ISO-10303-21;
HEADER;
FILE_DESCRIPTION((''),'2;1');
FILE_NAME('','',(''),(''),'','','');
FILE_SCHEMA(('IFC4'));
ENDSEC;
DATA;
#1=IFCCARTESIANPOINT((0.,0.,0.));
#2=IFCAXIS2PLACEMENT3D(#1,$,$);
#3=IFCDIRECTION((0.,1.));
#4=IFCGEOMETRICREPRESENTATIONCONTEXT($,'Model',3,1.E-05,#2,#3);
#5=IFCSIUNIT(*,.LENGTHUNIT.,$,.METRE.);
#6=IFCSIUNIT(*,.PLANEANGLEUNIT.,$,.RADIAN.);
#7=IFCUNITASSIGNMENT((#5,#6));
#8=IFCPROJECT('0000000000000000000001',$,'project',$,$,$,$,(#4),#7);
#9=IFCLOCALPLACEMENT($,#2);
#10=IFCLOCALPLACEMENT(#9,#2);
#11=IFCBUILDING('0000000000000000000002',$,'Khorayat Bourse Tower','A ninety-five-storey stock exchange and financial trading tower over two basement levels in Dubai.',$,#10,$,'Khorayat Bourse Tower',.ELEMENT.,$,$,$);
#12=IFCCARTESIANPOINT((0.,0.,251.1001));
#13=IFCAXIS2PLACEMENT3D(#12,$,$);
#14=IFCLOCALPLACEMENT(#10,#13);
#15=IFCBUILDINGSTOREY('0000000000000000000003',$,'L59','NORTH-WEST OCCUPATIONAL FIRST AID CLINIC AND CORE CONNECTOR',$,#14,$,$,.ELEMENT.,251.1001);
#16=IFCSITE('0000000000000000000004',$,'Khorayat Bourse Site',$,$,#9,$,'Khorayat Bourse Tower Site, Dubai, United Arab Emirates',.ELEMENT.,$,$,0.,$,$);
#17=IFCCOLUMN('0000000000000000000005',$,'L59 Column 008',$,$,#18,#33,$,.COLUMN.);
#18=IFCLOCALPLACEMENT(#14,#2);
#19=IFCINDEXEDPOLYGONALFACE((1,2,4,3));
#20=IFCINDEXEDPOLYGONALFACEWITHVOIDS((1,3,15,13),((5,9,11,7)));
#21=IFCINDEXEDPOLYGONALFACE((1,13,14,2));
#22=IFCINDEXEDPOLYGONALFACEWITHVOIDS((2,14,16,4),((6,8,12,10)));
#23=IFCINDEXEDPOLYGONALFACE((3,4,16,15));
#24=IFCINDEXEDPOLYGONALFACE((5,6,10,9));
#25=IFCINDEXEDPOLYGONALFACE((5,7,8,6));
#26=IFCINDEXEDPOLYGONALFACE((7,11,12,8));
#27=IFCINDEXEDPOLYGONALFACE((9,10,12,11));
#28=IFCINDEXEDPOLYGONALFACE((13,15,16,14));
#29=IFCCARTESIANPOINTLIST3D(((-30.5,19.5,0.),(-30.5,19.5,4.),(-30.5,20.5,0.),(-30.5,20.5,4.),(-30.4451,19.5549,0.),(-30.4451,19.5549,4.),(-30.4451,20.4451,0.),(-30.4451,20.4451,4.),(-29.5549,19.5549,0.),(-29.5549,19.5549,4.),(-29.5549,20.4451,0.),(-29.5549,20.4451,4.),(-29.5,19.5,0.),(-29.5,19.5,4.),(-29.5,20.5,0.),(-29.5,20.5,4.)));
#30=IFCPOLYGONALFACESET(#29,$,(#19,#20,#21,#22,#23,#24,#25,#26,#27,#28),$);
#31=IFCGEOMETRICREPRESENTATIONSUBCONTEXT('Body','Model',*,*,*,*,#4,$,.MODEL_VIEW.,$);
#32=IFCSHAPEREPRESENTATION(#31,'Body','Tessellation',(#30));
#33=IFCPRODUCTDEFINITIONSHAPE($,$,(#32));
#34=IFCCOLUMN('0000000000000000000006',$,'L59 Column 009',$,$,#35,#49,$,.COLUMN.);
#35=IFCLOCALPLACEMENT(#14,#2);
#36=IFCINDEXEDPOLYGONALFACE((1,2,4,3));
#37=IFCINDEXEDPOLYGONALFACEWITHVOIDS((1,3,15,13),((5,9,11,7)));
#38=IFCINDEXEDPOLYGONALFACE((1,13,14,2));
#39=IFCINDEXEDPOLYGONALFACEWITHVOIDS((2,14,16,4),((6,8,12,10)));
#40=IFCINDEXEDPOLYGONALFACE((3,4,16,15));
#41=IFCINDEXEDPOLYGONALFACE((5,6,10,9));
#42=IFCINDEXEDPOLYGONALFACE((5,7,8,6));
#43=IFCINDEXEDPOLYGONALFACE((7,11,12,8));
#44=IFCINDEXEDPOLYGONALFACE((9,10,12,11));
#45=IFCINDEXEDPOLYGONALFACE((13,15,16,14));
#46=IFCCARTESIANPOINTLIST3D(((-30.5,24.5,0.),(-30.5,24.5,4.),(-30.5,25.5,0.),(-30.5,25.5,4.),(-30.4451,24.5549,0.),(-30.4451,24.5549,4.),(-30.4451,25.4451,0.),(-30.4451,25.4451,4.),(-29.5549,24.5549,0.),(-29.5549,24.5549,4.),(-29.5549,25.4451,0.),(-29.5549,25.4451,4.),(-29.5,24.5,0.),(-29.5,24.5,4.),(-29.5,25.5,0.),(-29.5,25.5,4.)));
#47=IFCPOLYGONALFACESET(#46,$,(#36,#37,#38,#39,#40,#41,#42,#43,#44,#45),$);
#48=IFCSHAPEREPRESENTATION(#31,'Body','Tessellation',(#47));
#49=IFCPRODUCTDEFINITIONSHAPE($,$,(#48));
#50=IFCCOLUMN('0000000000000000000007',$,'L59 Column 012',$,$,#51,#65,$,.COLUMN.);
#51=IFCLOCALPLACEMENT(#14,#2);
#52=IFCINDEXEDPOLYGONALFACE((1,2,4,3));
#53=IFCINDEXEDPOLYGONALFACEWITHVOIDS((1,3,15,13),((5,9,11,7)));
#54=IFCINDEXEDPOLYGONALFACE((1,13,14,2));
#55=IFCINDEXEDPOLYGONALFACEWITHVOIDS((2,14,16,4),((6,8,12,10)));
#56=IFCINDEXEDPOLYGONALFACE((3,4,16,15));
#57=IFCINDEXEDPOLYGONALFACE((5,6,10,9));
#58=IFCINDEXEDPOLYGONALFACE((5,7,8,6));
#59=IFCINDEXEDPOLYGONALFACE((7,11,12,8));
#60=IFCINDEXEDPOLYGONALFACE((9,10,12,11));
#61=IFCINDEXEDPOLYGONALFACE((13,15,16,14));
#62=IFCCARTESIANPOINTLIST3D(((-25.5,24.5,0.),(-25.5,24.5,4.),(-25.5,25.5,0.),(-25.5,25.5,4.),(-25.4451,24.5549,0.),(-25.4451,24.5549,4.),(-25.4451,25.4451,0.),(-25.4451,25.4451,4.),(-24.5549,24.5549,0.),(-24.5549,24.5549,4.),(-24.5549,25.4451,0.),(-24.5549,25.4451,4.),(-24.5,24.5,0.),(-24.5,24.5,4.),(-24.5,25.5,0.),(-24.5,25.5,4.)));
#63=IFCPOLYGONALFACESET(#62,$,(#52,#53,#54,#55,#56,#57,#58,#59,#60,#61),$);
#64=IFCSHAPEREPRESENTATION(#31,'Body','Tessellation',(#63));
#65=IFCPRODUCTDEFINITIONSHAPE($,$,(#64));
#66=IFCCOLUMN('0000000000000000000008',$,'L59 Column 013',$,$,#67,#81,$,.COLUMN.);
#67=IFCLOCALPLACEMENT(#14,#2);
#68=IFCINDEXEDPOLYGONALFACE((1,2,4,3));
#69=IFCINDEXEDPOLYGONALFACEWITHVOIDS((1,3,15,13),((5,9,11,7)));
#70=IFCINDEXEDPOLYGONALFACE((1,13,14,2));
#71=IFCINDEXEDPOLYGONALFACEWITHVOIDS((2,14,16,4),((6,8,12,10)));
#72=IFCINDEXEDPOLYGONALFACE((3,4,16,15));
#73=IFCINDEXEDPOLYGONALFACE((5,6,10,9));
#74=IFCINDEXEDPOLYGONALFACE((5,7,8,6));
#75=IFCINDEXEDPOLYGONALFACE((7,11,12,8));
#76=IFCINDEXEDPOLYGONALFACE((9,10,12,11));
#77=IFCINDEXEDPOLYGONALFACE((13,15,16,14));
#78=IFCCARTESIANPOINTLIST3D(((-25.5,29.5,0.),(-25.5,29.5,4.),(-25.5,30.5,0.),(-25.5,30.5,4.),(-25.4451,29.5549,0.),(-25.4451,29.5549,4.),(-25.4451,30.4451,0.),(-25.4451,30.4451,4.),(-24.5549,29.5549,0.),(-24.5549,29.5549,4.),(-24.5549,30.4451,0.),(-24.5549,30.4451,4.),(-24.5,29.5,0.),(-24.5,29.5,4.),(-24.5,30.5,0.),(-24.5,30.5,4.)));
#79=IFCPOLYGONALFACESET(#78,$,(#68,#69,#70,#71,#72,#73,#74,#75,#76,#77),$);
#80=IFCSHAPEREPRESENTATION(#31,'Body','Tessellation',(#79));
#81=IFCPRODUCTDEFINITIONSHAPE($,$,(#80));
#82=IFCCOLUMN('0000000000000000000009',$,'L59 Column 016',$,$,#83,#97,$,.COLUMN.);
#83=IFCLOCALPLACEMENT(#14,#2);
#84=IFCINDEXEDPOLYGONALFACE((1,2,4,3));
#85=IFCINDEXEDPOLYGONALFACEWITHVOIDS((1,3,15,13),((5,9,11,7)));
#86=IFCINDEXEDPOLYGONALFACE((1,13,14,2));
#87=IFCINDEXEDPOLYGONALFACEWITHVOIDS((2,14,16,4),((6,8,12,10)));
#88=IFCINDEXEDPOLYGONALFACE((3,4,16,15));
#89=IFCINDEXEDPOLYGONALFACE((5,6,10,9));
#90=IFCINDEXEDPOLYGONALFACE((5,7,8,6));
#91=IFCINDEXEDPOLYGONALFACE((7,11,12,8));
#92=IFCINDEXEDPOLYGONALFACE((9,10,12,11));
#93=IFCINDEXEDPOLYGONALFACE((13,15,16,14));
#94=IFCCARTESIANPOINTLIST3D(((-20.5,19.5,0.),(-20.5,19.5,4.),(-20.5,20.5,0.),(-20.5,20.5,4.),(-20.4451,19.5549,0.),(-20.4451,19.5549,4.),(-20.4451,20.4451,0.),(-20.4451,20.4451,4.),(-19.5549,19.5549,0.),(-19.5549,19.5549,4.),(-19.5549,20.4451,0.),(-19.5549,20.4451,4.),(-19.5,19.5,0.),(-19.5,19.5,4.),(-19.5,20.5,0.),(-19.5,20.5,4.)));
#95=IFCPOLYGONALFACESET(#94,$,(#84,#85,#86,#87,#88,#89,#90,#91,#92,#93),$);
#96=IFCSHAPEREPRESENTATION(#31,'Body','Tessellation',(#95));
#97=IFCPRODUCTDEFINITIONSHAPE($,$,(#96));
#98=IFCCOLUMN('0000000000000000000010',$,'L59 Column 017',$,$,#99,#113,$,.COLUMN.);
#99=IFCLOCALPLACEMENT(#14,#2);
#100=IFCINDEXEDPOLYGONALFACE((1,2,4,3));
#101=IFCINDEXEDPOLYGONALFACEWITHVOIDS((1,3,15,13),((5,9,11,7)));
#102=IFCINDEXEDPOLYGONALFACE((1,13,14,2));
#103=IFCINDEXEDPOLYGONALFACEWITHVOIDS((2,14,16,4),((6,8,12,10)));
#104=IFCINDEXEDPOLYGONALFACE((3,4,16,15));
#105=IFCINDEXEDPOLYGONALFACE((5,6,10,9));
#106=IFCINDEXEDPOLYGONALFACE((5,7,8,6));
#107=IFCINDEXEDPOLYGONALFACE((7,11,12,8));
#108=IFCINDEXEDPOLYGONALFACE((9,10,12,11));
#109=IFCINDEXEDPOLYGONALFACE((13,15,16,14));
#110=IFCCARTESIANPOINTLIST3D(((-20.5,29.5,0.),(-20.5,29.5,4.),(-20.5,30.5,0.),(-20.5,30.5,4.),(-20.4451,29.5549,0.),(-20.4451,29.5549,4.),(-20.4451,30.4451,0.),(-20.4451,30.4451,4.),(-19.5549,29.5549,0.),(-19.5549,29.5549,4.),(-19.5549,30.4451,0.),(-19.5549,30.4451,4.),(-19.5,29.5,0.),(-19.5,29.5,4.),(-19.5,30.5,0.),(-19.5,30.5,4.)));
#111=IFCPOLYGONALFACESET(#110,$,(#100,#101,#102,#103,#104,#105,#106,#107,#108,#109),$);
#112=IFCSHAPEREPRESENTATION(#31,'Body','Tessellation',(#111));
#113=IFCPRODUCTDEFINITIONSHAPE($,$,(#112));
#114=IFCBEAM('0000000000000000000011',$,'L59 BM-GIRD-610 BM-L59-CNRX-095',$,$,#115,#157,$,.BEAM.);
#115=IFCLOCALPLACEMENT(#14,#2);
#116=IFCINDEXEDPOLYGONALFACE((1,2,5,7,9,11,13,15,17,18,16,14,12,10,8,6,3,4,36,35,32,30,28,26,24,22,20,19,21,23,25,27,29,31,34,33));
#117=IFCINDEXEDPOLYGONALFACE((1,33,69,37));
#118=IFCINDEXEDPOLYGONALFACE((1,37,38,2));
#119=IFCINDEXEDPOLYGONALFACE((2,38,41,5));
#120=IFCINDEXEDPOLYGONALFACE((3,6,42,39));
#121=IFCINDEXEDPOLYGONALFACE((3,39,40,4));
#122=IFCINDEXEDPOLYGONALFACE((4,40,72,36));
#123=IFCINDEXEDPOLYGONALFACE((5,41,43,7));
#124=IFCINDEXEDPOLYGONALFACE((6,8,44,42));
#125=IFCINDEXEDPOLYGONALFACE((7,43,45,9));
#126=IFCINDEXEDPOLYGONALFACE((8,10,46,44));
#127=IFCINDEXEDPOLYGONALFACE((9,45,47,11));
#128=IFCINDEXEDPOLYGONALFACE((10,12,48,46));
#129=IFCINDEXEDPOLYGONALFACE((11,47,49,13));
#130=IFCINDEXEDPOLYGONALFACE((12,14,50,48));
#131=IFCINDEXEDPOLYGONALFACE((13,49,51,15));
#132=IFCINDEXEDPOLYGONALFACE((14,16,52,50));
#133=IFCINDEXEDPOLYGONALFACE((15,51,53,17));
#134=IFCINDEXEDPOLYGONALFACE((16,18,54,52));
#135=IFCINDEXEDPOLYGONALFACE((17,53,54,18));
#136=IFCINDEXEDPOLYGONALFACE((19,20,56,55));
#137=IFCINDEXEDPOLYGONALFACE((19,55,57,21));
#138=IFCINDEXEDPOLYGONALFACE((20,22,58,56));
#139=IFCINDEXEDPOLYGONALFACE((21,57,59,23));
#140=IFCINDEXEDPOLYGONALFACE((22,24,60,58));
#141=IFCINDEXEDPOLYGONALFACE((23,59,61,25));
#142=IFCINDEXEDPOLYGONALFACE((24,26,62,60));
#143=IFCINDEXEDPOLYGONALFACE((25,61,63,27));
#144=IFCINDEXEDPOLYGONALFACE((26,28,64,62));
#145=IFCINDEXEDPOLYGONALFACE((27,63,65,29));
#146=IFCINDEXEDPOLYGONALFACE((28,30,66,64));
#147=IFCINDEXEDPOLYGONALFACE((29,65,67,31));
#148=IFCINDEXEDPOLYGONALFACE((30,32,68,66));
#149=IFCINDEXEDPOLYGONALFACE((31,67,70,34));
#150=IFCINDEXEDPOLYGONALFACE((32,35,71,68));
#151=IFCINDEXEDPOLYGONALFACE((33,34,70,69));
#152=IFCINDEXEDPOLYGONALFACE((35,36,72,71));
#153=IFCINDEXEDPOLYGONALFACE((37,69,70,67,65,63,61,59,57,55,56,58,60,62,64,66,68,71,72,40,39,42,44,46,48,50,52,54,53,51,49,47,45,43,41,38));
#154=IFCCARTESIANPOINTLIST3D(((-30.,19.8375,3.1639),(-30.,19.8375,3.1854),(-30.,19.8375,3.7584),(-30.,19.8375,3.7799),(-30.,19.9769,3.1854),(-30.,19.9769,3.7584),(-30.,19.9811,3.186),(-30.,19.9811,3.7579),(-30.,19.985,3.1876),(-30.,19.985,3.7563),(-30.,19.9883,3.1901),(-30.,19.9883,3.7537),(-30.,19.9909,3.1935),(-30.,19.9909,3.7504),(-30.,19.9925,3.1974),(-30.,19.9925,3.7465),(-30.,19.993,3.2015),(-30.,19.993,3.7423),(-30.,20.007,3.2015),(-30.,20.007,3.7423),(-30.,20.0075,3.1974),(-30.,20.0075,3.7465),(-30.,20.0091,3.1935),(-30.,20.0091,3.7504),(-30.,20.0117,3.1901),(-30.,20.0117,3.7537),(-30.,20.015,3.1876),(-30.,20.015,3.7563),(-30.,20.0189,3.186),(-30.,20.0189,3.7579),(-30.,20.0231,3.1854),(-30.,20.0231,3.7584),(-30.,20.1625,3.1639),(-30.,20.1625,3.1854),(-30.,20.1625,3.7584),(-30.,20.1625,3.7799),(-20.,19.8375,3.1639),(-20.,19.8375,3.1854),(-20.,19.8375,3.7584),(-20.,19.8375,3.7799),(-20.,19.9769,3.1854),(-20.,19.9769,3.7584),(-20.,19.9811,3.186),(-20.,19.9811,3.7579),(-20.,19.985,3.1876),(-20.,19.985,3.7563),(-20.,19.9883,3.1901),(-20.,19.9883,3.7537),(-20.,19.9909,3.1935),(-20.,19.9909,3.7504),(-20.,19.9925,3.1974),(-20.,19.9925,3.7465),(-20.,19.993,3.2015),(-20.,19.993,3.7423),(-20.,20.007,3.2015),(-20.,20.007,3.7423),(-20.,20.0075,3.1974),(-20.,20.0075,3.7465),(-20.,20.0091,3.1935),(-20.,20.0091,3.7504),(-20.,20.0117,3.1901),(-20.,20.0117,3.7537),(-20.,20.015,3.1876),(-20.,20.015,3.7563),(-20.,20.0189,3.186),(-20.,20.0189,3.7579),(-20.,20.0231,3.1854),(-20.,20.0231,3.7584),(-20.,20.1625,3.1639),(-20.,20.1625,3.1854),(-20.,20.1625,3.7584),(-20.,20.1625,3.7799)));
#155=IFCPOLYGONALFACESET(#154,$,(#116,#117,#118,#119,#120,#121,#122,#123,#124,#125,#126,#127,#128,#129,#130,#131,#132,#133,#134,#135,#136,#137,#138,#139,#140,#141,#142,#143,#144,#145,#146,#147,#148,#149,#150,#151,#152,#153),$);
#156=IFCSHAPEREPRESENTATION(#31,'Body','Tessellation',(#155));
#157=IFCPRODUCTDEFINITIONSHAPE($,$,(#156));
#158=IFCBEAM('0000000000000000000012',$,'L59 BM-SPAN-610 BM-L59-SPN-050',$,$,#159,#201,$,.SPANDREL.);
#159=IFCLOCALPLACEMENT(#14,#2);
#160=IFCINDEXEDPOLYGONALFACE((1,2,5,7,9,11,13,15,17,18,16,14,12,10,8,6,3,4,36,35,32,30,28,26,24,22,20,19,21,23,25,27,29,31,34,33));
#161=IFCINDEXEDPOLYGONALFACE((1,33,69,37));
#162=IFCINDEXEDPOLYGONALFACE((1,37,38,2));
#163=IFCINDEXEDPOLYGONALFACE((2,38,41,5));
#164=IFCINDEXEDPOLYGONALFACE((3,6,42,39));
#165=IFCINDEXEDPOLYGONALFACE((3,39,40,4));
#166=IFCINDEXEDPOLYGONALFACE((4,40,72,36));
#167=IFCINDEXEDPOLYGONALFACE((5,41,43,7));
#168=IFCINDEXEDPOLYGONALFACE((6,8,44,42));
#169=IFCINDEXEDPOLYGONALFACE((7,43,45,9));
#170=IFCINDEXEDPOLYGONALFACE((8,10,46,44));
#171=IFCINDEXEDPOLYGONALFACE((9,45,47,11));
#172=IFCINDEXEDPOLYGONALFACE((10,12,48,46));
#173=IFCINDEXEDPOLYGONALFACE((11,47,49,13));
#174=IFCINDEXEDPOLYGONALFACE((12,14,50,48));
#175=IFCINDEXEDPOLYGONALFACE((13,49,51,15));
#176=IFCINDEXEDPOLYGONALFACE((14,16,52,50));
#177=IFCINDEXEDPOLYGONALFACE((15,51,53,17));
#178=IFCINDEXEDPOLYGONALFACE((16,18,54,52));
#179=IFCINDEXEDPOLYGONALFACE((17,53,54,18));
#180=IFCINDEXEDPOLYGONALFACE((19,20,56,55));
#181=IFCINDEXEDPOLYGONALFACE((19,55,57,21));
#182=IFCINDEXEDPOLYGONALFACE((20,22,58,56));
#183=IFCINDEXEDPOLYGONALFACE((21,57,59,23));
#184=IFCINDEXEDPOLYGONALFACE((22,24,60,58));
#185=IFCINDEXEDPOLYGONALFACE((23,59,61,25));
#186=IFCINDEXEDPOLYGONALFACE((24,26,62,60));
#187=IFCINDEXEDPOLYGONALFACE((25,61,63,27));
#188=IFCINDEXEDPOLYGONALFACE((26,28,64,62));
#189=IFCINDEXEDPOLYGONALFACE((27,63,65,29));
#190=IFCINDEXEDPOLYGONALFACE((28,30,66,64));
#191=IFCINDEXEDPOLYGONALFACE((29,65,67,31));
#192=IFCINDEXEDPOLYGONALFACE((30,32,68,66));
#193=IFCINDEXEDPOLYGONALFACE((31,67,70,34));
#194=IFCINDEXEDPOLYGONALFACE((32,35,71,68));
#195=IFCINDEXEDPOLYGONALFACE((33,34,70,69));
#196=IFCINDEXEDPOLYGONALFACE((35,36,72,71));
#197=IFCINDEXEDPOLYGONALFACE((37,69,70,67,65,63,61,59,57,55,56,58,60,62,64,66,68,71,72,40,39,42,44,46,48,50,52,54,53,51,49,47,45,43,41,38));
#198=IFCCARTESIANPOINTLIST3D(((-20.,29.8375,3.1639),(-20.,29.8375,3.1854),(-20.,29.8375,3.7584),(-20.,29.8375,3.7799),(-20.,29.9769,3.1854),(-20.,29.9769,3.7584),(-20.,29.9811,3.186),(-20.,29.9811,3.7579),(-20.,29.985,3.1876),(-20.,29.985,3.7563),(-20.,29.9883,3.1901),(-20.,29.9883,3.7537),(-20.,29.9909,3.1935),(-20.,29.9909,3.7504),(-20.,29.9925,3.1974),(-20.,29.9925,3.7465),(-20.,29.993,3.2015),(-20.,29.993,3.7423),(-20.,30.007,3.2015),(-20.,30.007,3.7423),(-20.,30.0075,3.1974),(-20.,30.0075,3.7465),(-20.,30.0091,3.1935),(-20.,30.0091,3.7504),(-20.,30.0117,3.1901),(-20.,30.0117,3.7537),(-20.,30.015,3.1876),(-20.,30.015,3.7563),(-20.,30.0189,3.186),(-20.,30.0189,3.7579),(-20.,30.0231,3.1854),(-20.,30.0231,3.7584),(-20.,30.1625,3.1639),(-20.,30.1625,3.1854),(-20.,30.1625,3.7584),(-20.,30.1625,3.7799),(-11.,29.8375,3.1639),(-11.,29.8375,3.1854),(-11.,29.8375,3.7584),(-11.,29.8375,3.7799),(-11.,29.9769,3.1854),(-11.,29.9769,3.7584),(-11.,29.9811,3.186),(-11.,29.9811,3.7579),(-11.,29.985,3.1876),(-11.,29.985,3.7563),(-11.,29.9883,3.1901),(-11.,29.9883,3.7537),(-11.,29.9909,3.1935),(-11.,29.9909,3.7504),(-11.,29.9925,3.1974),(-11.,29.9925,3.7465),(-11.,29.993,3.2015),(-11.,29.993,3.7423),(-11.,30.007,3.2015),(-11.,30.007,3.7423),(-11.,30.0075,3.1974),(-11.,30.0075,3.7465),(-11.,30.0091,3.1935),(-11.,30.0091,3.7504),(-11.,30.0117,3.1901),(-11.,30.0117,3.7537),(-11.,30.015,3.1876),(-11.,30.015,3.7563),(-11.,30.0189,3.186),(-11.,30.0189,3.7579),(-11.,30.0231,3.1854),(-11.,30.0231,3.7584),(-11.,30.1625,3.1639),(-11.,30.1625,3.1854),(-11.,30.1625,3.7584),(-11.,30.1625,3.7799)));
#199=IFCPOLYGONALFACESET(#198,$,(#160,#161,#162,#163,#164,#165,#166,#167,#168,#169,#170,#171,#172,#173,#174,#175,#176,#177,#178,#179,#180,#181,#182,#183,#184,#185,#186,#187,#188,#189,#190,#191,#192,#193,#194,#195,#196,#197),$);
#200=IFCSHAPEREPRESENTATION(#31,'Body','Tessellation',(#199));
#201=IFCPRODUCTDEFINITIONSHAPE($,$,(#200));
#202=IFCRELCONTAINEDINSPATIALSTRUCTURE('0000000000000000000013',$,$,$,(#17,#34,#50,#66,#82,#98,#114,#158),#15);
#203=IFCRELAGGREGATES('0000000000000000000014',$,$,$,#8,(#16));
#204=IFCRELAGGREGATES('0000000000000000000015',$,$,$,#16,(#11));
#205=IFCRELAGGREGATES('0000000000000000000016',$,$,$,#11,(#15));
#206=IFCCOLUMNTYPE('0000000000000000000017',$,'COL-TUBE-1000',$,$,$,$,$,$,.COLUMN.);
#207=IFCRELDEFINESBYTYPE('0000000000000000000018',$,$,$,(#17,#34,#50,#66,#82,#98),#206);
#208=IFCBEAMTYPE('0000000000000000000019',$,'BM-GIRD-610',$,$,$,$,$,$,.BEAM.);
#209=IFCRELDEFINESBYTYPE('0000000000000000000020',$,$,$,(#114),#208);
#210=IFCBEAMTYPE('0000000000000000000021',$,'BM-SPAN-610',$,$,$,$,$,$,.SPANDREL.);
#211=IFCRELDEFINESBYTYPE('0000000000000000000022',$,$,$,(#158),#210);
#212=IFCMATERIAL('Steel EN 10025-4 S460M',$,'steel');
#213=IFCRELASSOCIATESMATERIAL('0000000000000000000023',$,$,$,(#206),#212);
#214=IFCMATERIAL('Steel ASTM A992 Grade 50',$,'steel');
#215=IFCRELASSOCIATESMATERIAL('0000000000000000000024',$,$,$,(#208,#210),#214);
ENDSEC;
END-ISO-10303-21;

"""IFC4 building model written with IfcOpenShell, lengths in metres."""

from ifc_helpers import new_model, si_unit, direction, frame, origin, origin_2d, place, context, subcontext, project, spatial, hollow_rectangle, i_section, extrude, source, transform, mapped, material, material_profile, profile_set, type_object, element, save


model = new_model("IFC4")

# Units and contexts
model_context = context("Model", 3, precision=1e-05, world=origin(), true_north=direction((0.0, 1.0)))
body_context = subcontext(model_context, "Body", "Model", "MODEL_VIEW")
ifc_project = project(units=[si_unit("LENGTHUNIT", "METRE"), si_unit("PLANEANGLEUNIT", "RADIAN")], contexts=[model_context])

# Site, building, storey
site_placement = place(None, origin())
site = spatial("IfcSite", under=ifc_project, at=site_placement, Name="Khorayat Bourse Site", LongName="Khorayat Bourse Tower Site, Dubai, United Arab Emirates", CompositionType="ELEMENT", RefElevation=0.0)
building_placement = place(site_placement, origin())
building = spatial("IfcBuilding", under=site, at=building_placement, Name="Khorayat Bourse Tower", Description="A ninety-five-storey stock exchange and financial trading tower over two basement levels in Dubai.", LongName="Khorayat Bourse Tower", CompositionType="ELEMENT")
storey_placement = place(building_placement, frame((0.0, 0.0, 251.1001)))
storey = spatial("IfcBuildingStorey", under=building, at=storey_placement, Name="L59", Description="NORTH-WEST OCCUPATIONAL FIRST AID CLINIC AND CORE CONNECTOR", CompositionType="ELEMENT", Elevation=251.1001)

# Columns
ifc_material_1 = material(Name="Steel EN 10025-4 S460M", Category="steel")
ifc_material_profile_1 = material_profile(ifc_material_1, hollow_rectangle(XDim=1.0, YDim=1.0, WallThickness=0.0549, at=origin_2d()), Name="BOX 1000x1000x55")
ifc_profile_set_1 = profile_set([ifc_material_profile_1], Name="Steel EN 10025-4 S460M")
column_type = type_object("IfcColumnType", Name="COL-TUBE-1000", PredefinedType="COLUMN", material=ifc_profile_set_1)
shared_shape_1 = source(origin(), body_context, "Body", "SweptSolid", [
    extrude(hollow_rectangle(XDim=1.0, YDim=1.0, WallThickness=0.0549, at=origin_2d()), origin(), (0.0, 0.0, 1.0), 4.0),
])
for number, where, z_axis, x_axis, name in (
    (1, (-30.0, 20.0, 0.0), (0.0, 0.0, 1.0), (1.0, 0.0, 0.0), "L59 Column 008"),
    (2, (-30.0, 25.0, 0.0), (0.0, 0.0, 1.0), (1.0, 0.0, 0.0), "L59 Column 009"),
    (3, (-25.0, 25.0, 0.0), (0.0, 0.0, 1.0), (1.0, 0.0, 0.0), "L59 Column 012"),
    (4, (-25.0, 30.0, 0.0), (0.0, 0.0, 1.0), (1.0, 0.0, 0.0), "L59 Column 013"),
    (5, (-20.0, 20.0, 0.0), (0.0, 0.0, 1.0), (1.0, 0.0, 0.0), "L59 Column 016"),
    (6, (-20.0, 30.0, 0.0), (0.0, 0.0, 1.0), (1.0, 0.0, 0.0), "L59 Column 017"),
):
    element("IfcColumn", number, at=place(storey_placement, frame(where, z_axis=z_axis, x_axis=x_axis)), inside=storey, type_object=column_type, Name=name, PredefinedType="COLUMN", context=body_context, shape_type="MappedRepresentation", body=[
        mapped(shared_shape_1, transform((0.0, 0.0, 0.0), scale=1.0)),
    ])

# Beams
ifc_material_2 = material(Name="Steel ASTM A992 Grade 50", Category="steel")
ifc_material_profile_2 = material_profile(ifc_material_2, i_section(OverallWidth=0.325, OverallDepth=0.616, WebThickness=0.0139, FlangeThickness=0.0215, FilletRadius=0.0161, at=origin_2d()), Name="W610X174")
ifc_profile_set_2 = profile_set([ifc_material_profile_2], Name="Steel ASTM A992 Grade 50")
beam_type_1 = type_object("IfcBeamType", Name="BM-GIRD-610", PredefinedType="BEAM", material=ifc_profile_set_2)
shared_shape_2 = source(origin(), body_context, "Body", "SweptSolid", [
    extrude(i_section(OverallWidth=0.325, OverallDepth=0.616, WebThickness=0.0139, FlangeThickness=0.0215, FilletRadius=0.0161, at=origin_2d()), origin(), (0.0, 0.0, 1.0), 10.0),
])
beam_1_placement = place(storey_placement, frame((-30.0, 20.0, 3.4719), z_axis=(1.0, 0.0, 0.0), x_axis=(0.0, 1.0, 0.0)))
element("IfcBeam", 7, at=beam_1_placement, inside=storey, type_object=beam_type_1, Name="L59 BM-GIRD-610 BM-L59-CNRX-095", PredefinedType="BEAM", context=body_context, shape_type="MappedRepresentation", body=[
    mapped(shared_shape_2, transform((0.0, 0.0, 0.0), scale=1.0)),
])
ifc_material_profile_3 = material_profile(ifc_material_2, i_section(OverallWidth=0.325, OverallDepth=0.616, WebThickness=0.0139, FlangeThickness=0.0215, FilletRadius=0.0161, at=origin_2d()), Name="W610X174")
ifc_profile_set_3 = profile_set([ifc_material_profile_3], Name="Steel ASTM A992 Grade 50")
beam_type_2 = type_object("IfcBeamType", Name="BM-SPAN-610", PredefinedType="SPANDREL", material=ifc_profile_set_3)
shared_shape_3 = source(origin(), body_context, "Body", "SweptSolid", [
    extrude(i_section(OverallWidth=0.325, OverallDepth=0.616, WebThickness=0.0139, FlangeThickness=0.0215, FilletRadius=0.0161, at=origin_2d()), origin(), (0.0, 0.0, 1.0), 9.0),
])
beam_2_placement = place(storey_placement, frame((-20.0, 30.0, 3.4719), z_axis=(1.0, 0.0, 0.0), x_axis=(0.0, 1.0, 0.0)))
element("IfcBeam", 8, at=beam_2_placement, inside=storey, type_object=beam_type_2, Name="L59 BM-SPAN-610 BM-L59-SPN-050", PredefinedType="SPANDREL", context=body_context, shape_type="MappedRepresentation", body=[
    mapped(shared_shape_3, transform((0.0, 0.0, 0.0), scale=1.0)),
])

save(model, "model.ifc")
